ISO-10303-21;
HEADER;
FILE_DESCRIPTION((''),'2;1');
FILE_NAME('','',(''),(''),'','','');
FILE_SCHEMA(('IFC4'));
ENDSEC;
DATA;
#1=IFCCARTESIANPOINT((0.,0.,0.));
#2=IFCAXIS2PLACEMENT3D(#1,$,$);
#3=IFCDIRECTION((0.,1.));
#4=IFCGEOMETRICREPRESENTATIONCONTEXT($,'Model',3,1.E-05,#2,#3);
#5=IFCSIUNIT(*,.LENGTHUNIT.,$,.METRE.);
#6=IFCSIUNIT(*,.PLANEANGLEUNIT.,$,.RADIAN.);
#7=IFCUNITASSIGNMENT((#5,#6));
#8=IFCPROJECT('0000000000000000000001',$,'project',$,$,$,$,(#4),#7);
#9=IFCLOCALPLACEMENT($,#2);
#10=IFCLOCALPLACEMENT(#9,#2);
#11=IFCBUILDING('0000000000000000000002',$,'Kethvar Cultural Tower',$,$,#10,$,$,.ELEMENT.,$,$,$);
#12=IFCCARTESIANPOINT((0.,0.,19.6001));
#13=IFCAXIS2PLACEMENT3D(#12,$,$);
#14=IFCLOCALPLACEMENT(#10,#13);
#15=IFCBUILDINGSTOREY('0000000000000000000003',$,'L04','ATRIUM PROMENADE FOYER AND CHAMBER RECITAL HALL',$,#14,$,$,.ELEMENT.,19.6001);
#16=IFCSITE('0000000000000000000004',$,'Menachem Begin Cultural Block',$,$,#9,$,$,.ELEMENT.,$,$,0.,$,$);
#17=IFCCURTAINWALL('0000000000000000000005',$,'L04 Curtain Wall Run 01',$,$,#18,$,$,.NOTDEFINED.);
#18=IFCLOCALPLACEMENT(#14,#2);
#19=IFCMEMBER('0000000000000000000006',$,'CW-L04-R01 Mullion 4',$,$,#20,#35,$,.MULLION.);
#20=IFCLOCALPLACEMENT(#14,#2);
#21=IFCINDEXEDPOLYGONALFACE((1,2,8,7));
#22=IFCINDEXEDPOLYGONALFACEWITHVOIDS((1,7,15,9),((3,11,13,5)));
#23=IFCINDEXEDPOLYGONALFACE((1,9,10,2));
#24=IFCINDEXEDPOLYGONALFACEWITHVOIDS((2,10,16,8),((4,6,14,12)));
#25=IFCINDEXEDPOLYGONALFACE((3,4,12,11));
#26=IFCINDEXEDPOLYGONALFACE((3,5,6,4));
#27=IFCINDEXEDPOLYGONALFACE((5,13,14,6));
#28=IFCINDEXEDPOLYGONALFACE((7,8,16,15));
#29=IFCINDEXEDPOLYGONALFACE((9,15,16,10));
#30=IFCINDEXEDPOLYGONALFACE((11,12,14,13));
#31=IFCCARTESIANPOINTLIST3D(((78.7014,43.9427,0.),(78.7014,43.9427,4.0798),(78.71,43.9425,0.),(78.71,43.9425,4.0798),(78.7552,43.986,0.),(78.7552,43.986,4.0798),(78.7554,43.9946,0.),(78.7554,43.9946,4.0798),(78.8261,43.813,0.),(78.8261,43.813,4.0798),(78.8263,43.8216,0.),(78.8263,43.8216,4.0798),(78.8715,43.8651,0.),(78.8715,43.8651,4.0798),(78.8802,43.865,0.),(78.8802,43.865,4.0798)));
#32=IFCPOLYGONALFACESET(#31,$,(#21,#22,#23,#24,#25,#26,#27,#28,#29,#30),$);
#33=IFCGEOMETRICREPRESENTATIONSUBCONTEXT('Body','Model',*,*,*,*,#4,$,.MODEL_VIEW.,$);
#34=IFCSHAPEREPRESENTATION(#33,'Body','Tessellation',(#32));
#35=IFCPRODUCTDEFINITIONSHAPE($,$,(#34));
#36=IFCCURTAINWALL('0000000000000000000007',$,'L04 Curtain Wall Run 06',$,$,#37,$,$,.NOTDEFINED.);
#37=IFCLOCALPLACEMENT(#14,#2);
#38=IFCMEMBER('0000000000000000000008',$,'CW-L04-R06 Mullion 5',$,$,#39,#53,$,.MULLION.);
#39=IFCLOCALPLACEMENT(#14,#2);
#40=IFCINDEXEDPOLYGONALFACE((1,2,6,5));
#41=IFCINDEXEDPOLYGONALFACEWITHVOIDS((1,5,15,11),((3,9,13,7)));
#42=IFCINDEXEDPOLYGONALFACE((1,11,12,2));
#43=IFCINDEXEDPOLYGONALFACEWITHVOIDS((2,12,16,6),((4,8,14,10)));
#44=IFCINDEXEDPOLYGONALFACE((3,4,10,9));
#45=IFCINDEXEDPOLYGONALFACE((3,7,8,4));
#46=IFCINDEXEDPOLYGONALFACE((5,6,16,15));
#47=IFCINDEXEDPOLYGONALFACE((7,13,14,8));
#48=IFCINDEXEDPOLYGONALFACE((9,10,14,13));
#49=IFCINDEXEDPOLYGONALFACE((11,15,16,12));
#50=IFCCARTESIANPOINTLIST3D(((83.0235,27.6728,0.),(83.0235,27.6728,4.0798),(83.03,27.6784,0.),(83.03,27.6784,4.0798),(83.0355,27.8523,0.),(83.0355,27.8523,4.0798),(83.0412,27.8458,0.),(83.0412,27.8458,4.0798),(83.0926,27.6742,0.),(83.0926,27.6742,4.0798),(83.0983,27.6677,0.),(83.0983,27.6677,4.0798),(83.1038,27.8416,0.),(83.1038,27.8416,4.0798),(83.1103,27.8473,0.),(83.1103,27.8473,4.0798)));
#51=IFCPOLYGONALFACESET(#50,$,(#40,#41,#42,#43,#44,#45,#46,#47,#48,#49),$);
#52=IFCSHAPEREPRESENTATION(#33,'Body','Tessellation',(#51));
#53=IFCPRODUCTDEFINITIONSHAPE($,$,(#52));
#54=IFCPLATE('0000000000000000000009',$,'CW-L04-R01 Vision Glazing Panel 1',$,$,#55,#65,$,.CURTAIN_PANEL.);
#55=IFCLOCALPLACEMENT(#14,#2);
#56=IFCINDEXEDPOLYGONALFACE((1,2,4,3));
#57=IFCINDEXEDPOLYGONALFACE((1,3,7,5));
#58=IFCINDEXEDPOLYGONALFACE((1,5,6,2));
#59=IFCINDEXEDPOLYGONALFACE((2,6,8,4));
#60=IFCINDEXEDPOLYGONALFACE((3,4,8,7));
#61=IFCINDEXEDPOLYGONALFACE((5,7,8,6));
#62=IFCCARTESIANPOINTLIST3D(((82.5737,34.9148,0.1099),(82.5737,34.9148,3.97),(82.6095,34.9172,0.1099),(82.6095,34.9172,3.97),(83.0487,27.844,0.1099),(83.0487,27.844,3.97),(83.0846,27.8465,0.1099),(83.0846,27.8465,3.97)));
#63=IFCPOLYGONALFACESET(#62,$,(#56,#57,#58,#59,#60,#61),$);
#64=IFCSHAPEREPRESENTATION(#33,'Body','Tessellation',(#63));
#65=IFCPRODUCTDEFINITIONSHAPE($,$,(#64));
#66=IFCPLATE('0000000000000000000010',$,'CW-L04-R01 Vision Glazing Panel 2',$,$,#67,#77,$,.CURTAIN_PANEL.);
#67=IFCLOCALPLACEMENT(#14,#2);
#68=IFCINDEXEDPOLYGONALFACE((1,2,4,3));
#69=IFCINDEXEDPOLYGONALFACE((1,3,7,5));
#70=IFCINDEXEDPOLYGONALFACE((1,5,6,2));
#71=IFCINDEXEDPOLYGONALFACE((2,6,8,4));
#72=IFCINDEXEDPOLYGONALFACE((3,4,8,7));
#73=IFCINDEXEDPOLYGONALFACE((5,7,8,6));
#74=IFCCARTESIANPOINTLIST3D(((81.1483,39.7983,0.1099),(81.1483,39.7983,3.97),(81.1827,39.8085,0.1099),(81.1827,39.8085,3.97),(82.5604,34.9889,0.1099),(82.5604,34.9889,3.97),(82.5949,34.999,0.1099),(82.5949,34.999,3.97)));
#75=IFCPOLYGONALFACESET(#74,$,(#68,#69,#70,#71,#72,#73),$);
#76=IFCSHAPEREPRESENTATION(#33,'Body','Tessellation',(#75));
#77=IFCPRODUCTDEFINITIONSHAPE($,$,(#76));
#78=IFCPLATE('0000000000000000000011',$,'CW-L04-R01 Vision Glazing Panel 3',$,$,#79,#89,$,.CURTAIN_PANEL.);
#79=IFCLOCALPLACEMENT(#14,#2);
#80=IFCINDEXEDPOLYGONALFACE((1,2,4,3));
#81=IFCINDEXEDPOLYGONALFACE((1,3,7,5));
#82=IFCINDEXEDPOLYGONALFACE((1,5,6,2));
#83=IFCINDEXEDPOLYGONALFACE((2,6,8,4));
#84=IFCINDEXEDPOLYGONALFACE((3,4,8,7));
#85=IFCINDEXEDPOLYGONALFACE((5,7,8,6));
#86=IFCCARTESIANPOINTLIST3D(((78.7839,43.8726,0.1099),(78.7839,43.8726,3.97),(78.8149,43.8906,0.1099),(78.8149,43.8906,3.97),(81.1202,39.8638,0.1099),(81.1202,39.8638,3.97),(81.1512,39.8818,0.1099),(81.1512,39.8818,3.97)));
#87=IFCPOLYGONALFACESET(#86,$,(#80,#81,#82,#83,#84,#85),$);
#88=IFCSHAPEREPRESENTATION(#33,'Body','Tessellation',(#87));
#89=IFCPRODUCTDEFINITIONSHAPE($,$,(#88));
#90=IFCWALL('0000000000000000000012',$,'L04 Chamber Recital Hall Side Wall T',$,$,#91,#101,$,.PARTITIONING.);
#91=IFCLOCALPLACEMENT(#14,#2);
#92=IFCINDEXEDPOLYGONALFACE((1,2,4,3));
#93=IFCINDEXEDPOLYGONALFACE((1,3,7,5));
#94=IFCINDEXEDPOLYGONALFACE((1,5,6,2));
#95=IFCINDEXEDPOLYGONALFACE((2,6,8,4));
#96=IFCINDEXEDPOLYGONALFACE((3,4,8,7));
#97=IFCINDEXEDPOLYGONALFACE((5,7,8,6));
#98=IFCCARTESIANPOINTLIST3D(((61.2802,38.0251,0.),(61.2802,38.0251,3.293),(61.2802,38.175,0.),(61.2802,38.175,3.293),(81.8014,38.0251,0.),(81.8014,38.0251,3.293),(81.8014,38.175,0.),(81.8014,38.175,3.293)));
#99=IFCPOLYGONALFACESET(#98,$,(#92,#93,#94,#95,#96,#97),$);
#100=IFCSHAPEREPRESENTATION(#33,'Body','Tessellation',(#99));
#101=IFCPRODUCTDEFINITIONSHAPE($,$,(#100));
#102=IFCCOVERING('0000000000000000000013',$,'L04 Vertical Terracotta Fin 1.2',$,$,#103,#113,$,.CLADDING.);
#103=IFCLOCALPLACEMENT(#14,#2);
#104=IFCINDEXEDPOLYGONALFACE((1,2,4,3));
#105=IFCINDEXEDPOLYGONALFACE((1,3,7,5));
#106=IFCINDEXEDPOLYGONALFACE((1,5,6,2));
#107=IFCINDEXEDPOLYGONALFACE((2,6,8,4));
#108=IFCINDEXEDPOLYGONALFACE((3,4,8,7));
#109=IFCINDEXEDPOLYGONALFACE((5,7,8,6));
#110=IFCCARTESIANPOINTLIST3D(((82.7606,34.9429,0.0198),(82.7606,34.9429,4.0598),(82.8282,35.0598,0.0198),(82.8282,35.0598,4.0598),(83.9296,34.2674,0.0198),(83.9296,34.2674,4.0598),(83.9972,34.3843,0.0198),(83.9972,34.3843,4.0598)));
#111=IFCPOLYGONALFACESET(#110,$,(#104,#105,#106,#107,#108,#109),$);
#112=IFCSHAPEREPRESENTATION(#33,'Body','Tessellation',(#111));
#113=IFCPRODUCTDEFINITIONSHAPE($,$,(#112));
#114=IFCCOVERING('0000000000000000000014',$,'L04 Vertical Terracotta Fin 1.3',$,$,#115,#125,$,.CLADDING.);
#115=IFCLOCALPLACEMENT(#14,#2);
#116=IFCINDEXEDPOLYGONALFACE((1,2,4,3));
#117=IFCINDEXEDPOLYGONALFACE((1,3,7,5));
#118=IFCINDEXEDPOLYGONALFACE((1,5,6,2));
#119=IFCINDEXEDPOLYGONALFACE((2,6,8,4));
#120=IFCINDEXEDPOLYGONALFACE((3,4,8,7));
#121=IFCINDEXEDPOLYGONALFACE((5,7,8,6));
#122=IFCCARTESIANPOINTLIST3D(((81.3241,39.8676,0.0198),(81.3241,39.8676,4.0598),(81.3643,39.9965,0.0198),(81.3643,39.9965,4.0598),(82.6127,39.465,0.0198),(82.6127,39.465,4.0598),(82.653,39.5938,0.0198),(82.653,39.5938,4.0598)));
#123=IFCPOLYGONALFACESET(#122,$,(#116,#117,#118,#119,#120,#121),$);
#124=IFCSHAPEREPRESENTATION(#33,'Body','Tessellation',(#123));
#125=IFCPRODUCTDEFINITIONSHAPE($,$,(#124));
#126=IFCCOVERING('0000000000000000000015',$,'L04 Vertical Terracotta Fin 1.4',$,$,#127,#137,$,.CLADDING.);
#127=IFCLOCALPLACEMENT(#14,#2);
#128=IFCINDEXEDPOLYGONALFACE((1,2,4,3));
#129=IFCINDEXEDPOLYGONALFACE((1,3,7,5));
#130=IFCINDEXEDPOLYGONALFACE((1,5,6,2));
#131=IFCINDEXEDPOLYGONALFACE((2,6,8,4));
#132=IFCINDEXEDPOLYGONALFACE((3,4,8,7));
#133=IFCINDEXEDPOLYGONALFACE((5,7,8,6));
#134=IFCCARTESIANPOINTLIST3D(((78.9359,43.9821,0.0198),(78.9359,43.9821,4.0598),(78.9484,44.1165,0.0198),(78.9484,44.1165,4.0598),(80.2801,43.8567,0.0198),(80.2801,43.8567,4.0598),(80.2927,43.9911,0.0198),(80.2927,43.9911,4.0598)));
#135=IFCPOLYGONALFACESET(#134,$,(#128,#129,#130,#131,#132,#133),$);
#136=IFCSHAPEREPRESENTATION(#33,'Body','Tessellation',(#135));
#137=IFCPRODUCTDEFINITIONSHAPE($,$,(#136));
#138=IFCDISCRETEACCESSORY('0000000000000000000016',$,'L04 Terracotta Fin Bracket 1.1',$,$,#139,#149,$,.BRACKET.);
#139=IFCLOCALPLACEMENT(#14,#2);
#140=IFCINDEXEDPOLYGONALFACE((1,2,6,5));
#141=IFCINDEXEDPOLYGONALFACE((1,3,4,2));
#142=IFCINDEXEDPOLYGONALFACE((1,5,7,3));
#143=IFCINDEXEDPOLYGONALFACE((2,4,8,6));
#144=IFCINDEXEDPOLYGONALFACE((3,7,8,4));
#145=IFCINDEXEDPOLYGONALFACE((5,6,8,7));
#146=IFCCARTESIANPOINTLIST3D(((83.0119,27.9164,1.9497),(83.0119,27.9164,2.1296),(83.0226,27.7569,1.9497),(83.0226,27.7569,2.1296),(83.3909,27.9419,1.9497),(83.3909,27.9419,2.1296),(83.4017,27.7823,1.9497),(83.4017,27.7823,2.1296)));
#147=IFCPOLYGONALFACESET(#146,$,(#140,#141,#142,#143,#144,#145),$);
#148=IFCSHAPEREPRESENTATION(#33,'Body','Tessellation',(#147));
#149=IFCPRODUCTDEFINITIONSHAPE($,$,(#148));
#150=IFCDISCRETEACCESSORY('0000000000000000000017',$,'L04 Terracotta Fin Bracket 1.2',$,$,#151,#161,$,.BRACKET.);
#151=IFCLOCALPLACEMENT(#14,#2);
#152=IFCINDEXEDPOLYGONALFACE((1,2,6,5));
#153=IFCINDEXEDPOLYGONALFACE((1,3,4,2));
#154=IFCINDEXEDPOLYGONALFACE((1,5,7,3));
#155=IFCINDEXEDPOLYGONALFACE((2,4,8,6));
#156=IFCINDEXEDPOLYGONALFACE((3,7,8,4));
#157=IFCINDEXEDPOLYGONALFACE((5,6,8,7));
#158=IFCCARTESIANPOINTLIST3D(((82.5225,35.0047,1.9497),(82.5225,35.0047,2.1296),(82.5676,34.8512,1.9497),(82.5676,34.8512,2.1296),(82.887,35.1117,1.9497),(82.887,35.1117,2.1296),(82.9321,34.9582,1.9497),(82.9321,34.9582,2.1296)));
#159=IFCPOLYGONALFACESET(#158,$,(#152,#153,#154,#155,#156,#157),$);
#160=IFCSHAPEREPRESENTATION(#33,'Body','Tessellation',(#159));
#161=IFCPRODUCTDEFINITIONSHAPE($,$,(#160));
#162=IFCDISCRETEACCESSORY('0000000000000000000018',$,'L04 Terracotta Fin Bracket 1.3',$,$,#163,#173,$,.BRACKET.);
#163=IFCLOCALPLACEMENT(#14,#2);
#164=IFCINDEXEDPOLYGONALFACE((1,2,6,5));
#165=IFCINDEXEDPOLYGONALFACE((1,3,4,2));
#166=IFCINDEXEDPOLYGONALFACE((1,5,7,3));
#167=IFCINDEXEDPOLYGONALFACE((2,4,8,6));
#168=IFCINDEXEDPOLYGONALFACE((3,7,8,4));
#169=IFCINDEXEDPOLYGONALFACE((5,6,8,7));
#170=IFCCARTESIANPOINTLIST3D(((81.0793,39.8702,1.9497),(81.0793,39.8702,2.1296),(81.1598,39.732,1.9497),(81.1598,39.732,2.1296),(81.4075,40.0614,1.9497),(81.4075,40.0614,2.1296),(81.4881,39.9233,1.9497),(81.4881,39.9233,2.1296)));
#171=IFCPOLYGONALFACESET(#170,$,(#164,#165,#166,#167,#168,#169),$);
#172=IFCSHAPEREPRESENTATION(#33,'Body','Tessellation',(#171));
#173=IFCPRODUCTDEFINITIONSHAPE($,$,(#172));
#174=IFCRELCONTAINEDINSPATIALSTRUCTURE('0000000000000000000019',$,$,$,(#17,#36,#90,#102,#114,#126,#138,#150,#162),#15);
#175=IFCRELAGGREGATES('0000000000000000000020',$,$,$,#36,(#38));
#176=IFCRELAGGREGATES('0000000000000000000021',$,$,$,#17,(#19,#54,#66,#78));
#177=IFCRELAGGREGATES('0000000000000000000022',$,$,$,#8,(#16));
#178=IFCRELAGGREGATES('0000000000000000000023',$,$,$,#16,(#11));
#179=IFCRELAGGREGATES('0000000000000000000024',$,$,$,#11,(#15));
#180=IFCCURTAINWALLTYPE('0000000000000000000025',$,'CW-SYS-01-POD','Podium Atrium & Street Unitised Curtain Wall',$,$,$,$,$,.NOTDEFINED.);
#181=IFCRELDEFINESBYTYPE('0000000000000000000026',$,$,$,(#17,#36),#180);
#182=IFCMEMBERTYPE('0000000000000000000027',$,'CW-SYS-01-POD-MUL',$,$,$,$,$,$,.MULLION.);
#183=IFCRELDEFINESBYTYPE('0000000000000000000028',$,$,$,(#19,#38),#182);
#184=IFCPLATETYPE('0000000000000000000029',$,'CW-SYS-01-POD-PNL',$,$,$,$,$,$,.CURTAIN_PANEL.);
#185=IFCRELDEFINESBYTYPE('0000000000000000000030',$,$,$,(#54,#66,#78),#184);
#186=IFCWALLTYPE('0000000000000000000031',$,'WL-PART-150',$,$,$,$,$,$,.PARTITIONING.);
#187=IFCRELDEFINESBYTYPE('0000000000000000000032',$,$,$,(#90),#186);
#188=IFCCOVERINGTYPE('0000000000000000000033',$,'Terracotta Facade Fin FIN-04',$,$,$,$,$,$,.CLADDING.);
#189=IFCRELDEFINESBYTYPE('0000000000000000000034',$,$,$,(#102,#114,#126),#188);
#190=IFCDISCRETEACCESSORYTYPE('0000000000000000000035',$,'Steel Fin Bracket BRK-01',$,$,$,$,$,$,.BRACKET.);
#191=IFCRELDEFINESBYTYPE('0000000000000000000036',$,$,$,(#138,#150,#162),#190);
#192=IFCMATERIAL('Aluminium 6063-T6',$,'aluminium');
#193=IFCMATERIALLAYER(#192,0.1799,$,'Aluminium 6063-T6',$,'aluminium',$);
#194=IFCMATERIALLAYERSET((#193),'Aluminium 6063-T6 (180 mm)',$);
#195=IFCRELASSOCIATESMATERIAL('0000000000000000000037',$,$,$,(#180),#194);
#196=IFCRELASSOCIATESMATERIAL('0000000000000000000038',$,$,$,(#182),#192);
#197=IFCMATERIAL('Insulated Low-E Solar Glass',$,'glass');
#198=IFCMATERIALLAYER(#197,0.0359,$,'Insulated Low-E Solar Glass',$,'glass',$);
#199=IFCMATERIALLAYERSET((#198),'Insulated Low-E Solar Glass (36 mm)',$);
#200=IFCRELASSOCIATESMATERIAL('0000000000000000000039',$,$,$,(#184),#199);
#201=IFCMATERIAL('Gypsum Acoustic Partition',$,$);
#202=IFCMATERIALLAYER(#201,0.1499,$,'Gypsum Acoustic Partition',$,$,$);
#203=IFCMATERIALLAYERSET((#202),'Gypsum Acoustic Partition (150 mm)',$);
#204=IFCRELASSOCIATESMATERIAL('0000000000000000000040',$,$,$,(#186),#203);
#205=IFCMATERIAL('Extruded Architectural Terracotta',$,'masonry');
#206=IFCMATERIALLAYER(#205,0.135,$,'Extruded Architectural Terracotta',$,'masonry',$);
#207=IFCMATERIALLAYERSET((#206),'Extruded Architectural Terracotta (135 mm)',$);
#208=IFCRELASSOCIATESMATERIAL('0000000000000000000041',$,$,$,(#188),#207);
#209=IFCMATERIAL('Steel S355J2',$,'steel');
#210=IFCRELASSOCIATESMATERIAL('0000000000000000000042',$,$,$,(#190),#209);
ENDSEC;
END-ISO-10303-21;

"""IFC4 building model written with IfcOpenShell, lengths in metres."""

from ifc_helpers import new_model, si_unit, direction, frame, frame_2d, origin, origin_2d, place, context, subcontext, project, spatial, rectangle, hollow_rectangle, extrude, source, transform, mapped, material, layer, layer_set, material_profile, profile_set, type_object, element, aggregate, save


model = new_model("IFC4")

# Units and contexts
model_context = context("Model", 3, precision=1e-05, world=origin(), true_north=direction((0.0, 1.0)))
body_context = subcontext(model_context, "Body", "Model", "MODEL_VIEW")
ifc_project = project(units=[si_unit("LENGTHUNIT", "METRE"), si_unit("PLANEANGLEUNIT", "RADIAN")], contexts=[model_context])

# Site, building, storey
site_placement = place(None, origin())
site = spatial("IfcSite", under=ifc_project, at=site_placement, Name="Menachem Begin Cultural Block", CompositionType="ELEMENT", RefElevation=0.0)
building_placement = place(site_placement, origin())
building = spatial("IfcBuilding", under=site, at=building_placement, Name="Kethvar Cultural Tower", CompositionType="ELEMENT")
storey_placement = place(building_placement, frame((0.0, 0.0, 19.6001)))
storey = spatial("IfcBuildingStorey", under=building, at=storey_placement, Name="L04", Description="ATRIUM PROMENADE FOYER AND CHAMBER RECITAL HALL", CompositionType="ELEMENT", Elevation=19.6001)

# Shared definitions
ifc_material_1 = material(Name="Steel S355J2", Category="steel")

# Curtain wall, member
ifc_material_2 = material(Name="Aluminium 6063-T6", Category="aluminium")
ifc_layer_1 = layer(ifc_material_2, 0.1799, Name="Aluminium 6063-T6", Category="aluminium")
ifc_layer_set_1 = layer_set([ifc_layer_1], Name="Aluminium 6063-T6 (180 mm)")
curtain_wall_type = type_object("IfcCurtainWallType", Name="CW-SYS-01-POD", Description="Podium Atrium & Street Unitised Curtain Wall", PredefinedType="NOTDEFINED", material=ifc_layer_set_1)
curtain_wall_1_placement = place(storey_placement, origin())
curtain_wall_1 = element("IfcCurtainWall", 1, at=curtain_wall_1_placement, inside=storey, type_object=curtain_wall_type, Name="L04 Curtain Wall Run 01", PredefinedType="NOTDEFINED")
ifc_material_profile_1 = material_profile(ifc_material_2, hollow_rectangle(XDim=0.075, YDim=0.1799, WallThickness=0.0061, at=origin_2d()), Name="Aluminium 6063-T6 — RHS180x75x6")
ifc_profile_set_1 = profile_set([ifc_material_profile_1], Name="Aluminium 6063-T6 — RHS180x75x6")
member_type_1 = type_object("IfcMemberType", Name="CW-SYS-01-POD-MUL", PredefinedType="MULLION", material=ifc_profile_set_1)
shared_shape_1 = source(origin(), body_context, "Body", "SweptSolid", [
    extrude(hollow_rectangle(XDim=0.075, YDim=0.1799, WallThickness=0.0061, at=origin_2d()), origin(), (0.0, 0.0, 1.0), 4.0798),
])
member_1_placement = place(storey_placement, frame((78.7908, 43.9038, 0.0), z_axis=(0.0, 0.0, 1.0), x_axis=(-0.720612, -0.693339, 0.0)))
member_1 = element("IfcMember", 2, at=member_1_placement, type_object=member_type_1, Name="CW-L04-R01 Mullion 4", PredefinedType="MULLION", context=body_context, shape_type="MappedRepresentation", body=[
    mapped(shared_shape_1, transform((0.0, 0.0, 0.0), scale=1.0)),
])

# Curtain wall, member
curtain_wall_2_placement = place(storey_placement, origin())
curtain_wall_2 = element("IfcCurtainWall", 3, at=curtain_wall_2_placement, inside=storey, type_object=curtain_wall_type, Name="L04 Curtain Wall Run 06", PredefinedType="NOTDEFINED")
member_2_placement = place(storey_placement, frame((83.0669, 27.76, 0.0), z_axis=(0.0, 0.0, 1.0), x_axis=(-0.99775, 0.06704, 0.0)))
member_2 = element("IfcMember", 4, at=member_2_placement, type_object=member_type_1, Name="CW-L04-R06 Mullion 5", PredefinedType="MULLION", context=body_context, shape_type="MappedRepresentation", body=[
    mapped(shared_shape_1, transform((0.0, 0.0, 0.0), scale=1.0)),
])
aggregate(curtain_wall_2, [member_2])

# Plates
ifc_material_3 = material(Name="Insulated Low-E Solar Glass", Category="glass")
ifc_layer_2 = layer(ifc_material_3, 0.0359, Name="Insulated Low-E Solar Glass", Category="glass")
ifc_layer_set_2 = layer_set([ifc_layer_2], Name="Insulated Low-E Solar Glass (36 mm)")
plate_type = type_object("IfcPlateType", Name="CW-SYS-01-POD-PNL", PredefinedType="CURTAIN_PANEL", material=ifc_layer_set_2)
shared_shape_2 = source(origin(), body_context, "Body", "SweptSolid", [
    extrude(rectangle(XDim=7.0867, YDim=0.0359, at=origin_2d()), origin(), (0.0, 0.0, 1.0), 3.8601),
])
plate_1_placement = place(storey_placement, frame((82.8291, 31.3806, 0.1099), z_axis=(0.0, 0.0, 1.0), x_axis=(-0.06704, 0.99775, 0.0)))
plate_1 = element("IfcPlate", 5, at=plate_1_placement, type_object=plate_type, Name="CW-L04-R01 Vision Glazing Panel 1", PredefinedType="CURTAIN_PANEL", context=body_context, shape_type="MappedRepresentation", body=[
    mapped(shared_shape_2, transform((0.0, 0.0, 0.0), scale=1.0)),
])
shared_shape_3 = source(origin(), body_context, "Body", "SweptSolid", [
    extrude(rectangle(XDim=5.0125, YDim=0.0359, at=origin_2d()), origin(), (0.0, 0.0, 1.0), 3.8601),
])
plate_2_placement = place(storey_placement, frame((81.8716, 37.3987, 0.1099), z_axis=(0.0, 0.0, 1.0), x_axis=(-0.281722, 0.959496, 0.0)))
plate_2 = element("IfcPlate", 6, at=plate_2_placement, type_object=plate_type, Name="CW-L04-R01 Vision Glazing Panel 2", PredefinedType="CURTAIN_PANEL", context=body_context, shape_type="MappedRepresentation", body=[
    mapped(shared_shape_3, transform((0.0, 0.0, 0.0), scale=1.0)),
])
shared_shape_4 = source(origin(), body_context, "Body", "SweptSolid", [
    extrude(rectangle(XDim=4.6399, YDim=0.0359, at=origin_2d()), origin(), (0.0, 0.0, 1.0), 3.8601),
])
plate_3_placement = place(storey_placement, frame((79.9675, 41.8772, 0.1099), z_axis=(0.0, 0.0, 1.0), x_axis=(-0.503518, 0.863985, 0.0)))
plate_3 = element("IfcPlate", 7, at=plate_3_placement, type_object=plate_type, Name="CW-L04-R01 Vision Glazing Panel 3", PredefinedType="CURTAIN_PANEL", context=body_context, shape_type="MappedRepresentation", body=[
    mapped(shared_shape_4, transform((0.0, 0.0, 0.0), scale=1.0)),
])
aggregate(curtain_wall_1, [member_1, plate_1, plate_2, plate_3])

# Wall
ifc_material_4 = material(Name="Gypsum Acoustic Partition")
ifc_layer_3 = layer(ifc_material_4, 0.1499, Name="Gypsum Acoustic Partition")
ifc_layer_set_3 = layer_set([ifc_layer_3], Name="Gypsum Acoustic Partition (150 mm)")
wall_type = type_object("IfcWallType", Name="WL-PART-150", PredefinedType="PARTITIONING", material=ifc_layer_set_3)
wall_placement = place(storey_placement, frame((61.28, 38.1001, 0.0), z_axis=(0.0, 0.0, 1.0), x_axis=(1.0, 0.0, 0.0)))
element("IfcWall", 8, at=wall_placement, inside=storey, type_object=wall_type, Name="L04 Chamber Recital Hall Side Wall T", PredefinedType="PARTITIONING", context=body_context, shape_type="SweptSolid", body=[
    extrude(rectangle(XDim=20.5212, YDim=0.1499, at=frame_2d((10.2607, 0.0))), origin(), (0.0, 0.0, 1.0), 3.293),
])

# Coverings
ifc_material_5 = material(Name="Extruded Architectural Terracotta", Category="masonry")
ifc_layer_4 = layer(ifc_material_5, 0.135, Name="Extruded Architectural Terracotta", Category="masonry")
ifc_layer_set_4 = layer_set([ifc_layer_4], Name="Extruded Architectural Terracotta (135 mm)")
covering_type = type_object("IfcCoveringType", Name="Terracotta Facade Fin FIN-04", PredefinedType="CLADDING", material=ifc_layer_set_4)
shared_shape_5 = source(origin(), body_context, "Body", "SweptSolid", [
    extrude(rectangle(XDim=1.3501, YDim=0.135, at=origin_2d()), origin(), (0.0, 0.0, 1.0), 4.04),
])
for number, where, z_axis, x_axis, name in (
    (9, (83.3789, 34.6636, 0.0198), (0.0, 0.0, 1.0), (0.865851, -0.500302, 0.0), "L04 Vertical Terracotta Fin 1.2"),
    (10, (81.9885, 39.7307, 0.0198), (0.0, 0.0, 1.0), (0.954501, -0.298208, 0.0), "L04 Vertical Terracotta Fin 1.3"),
    (11, (79.6143, 43.9866, 0.0198), (0.0, 0.0, 1.0), (0.995676, -0.092892, 0.0), "L04 Vertical Terracotta Fin 1.4"),
):
    element("IfcCovering", number, at=place(storey_placement, frame(where, z_axis=z_axis, x_axis=x_axis)), inside=storey, type_object=covering_type, Name=name, PredefinedType="CLADDING", context=body_context, shape_type="MappedRepresentation", body=[
        mapped(shared_shape_5, transform((0.0, 0.0, 0.0), scale=1.0)),
    ])

# Discrete accessories
discrete_accessory_type = type_object("IfcDiscreteAccessoryType", Name="Steel Fin Bracket BRK-01", PredefinedType="BRACKET", material=ifc_material_1)
shared_shape_6 = source(origin(), body_context, "Body", "SweptSolid", [
    extrude(rectangle(XDim=0.3799, YDim=0.1599, at=origin_2d()), origin(), (0.0, 0.0, 1.0), 0.1799),
])
for number, where, z_axis, x_axis, name in (
    (12, (83.2068, 27.8494, 1.9497), (0.0, 0.0, 1.0), (0.997755, 0.06697, 0.0), "L04 Terracotta Fin Bracket 1.1"),
    (13, (82.7273, 34.9814, 1.9497), (0.0, 0.0, 1.0), (0.959511, 0.281672, 0.0), "L04 Terracotta Fin Bracket 1.2"),
    (14, (81.2837, 39.8967, 1.9497), (0.0, 0.0, 1.0), (0.864011, 0.503472, 0.0), "L04 Terracotta Fin Bracket 1.3"),
):
    element("IfcDiscreteAccessory", number, at=place(storey_placement, frame(where, z_axis=z_axis, x_axis=x_axis)), inside=storey, type_object=discrete_accessory_type, Name=name, PredefinedType="BRACKET", context=body_context, shape_type="MappedRepresentation", body=[
        mapped(shared_shape_6, transform((0.0, 0.0, 0.0), scale=1.0)),
    ])

save(model, "model.ifc")
